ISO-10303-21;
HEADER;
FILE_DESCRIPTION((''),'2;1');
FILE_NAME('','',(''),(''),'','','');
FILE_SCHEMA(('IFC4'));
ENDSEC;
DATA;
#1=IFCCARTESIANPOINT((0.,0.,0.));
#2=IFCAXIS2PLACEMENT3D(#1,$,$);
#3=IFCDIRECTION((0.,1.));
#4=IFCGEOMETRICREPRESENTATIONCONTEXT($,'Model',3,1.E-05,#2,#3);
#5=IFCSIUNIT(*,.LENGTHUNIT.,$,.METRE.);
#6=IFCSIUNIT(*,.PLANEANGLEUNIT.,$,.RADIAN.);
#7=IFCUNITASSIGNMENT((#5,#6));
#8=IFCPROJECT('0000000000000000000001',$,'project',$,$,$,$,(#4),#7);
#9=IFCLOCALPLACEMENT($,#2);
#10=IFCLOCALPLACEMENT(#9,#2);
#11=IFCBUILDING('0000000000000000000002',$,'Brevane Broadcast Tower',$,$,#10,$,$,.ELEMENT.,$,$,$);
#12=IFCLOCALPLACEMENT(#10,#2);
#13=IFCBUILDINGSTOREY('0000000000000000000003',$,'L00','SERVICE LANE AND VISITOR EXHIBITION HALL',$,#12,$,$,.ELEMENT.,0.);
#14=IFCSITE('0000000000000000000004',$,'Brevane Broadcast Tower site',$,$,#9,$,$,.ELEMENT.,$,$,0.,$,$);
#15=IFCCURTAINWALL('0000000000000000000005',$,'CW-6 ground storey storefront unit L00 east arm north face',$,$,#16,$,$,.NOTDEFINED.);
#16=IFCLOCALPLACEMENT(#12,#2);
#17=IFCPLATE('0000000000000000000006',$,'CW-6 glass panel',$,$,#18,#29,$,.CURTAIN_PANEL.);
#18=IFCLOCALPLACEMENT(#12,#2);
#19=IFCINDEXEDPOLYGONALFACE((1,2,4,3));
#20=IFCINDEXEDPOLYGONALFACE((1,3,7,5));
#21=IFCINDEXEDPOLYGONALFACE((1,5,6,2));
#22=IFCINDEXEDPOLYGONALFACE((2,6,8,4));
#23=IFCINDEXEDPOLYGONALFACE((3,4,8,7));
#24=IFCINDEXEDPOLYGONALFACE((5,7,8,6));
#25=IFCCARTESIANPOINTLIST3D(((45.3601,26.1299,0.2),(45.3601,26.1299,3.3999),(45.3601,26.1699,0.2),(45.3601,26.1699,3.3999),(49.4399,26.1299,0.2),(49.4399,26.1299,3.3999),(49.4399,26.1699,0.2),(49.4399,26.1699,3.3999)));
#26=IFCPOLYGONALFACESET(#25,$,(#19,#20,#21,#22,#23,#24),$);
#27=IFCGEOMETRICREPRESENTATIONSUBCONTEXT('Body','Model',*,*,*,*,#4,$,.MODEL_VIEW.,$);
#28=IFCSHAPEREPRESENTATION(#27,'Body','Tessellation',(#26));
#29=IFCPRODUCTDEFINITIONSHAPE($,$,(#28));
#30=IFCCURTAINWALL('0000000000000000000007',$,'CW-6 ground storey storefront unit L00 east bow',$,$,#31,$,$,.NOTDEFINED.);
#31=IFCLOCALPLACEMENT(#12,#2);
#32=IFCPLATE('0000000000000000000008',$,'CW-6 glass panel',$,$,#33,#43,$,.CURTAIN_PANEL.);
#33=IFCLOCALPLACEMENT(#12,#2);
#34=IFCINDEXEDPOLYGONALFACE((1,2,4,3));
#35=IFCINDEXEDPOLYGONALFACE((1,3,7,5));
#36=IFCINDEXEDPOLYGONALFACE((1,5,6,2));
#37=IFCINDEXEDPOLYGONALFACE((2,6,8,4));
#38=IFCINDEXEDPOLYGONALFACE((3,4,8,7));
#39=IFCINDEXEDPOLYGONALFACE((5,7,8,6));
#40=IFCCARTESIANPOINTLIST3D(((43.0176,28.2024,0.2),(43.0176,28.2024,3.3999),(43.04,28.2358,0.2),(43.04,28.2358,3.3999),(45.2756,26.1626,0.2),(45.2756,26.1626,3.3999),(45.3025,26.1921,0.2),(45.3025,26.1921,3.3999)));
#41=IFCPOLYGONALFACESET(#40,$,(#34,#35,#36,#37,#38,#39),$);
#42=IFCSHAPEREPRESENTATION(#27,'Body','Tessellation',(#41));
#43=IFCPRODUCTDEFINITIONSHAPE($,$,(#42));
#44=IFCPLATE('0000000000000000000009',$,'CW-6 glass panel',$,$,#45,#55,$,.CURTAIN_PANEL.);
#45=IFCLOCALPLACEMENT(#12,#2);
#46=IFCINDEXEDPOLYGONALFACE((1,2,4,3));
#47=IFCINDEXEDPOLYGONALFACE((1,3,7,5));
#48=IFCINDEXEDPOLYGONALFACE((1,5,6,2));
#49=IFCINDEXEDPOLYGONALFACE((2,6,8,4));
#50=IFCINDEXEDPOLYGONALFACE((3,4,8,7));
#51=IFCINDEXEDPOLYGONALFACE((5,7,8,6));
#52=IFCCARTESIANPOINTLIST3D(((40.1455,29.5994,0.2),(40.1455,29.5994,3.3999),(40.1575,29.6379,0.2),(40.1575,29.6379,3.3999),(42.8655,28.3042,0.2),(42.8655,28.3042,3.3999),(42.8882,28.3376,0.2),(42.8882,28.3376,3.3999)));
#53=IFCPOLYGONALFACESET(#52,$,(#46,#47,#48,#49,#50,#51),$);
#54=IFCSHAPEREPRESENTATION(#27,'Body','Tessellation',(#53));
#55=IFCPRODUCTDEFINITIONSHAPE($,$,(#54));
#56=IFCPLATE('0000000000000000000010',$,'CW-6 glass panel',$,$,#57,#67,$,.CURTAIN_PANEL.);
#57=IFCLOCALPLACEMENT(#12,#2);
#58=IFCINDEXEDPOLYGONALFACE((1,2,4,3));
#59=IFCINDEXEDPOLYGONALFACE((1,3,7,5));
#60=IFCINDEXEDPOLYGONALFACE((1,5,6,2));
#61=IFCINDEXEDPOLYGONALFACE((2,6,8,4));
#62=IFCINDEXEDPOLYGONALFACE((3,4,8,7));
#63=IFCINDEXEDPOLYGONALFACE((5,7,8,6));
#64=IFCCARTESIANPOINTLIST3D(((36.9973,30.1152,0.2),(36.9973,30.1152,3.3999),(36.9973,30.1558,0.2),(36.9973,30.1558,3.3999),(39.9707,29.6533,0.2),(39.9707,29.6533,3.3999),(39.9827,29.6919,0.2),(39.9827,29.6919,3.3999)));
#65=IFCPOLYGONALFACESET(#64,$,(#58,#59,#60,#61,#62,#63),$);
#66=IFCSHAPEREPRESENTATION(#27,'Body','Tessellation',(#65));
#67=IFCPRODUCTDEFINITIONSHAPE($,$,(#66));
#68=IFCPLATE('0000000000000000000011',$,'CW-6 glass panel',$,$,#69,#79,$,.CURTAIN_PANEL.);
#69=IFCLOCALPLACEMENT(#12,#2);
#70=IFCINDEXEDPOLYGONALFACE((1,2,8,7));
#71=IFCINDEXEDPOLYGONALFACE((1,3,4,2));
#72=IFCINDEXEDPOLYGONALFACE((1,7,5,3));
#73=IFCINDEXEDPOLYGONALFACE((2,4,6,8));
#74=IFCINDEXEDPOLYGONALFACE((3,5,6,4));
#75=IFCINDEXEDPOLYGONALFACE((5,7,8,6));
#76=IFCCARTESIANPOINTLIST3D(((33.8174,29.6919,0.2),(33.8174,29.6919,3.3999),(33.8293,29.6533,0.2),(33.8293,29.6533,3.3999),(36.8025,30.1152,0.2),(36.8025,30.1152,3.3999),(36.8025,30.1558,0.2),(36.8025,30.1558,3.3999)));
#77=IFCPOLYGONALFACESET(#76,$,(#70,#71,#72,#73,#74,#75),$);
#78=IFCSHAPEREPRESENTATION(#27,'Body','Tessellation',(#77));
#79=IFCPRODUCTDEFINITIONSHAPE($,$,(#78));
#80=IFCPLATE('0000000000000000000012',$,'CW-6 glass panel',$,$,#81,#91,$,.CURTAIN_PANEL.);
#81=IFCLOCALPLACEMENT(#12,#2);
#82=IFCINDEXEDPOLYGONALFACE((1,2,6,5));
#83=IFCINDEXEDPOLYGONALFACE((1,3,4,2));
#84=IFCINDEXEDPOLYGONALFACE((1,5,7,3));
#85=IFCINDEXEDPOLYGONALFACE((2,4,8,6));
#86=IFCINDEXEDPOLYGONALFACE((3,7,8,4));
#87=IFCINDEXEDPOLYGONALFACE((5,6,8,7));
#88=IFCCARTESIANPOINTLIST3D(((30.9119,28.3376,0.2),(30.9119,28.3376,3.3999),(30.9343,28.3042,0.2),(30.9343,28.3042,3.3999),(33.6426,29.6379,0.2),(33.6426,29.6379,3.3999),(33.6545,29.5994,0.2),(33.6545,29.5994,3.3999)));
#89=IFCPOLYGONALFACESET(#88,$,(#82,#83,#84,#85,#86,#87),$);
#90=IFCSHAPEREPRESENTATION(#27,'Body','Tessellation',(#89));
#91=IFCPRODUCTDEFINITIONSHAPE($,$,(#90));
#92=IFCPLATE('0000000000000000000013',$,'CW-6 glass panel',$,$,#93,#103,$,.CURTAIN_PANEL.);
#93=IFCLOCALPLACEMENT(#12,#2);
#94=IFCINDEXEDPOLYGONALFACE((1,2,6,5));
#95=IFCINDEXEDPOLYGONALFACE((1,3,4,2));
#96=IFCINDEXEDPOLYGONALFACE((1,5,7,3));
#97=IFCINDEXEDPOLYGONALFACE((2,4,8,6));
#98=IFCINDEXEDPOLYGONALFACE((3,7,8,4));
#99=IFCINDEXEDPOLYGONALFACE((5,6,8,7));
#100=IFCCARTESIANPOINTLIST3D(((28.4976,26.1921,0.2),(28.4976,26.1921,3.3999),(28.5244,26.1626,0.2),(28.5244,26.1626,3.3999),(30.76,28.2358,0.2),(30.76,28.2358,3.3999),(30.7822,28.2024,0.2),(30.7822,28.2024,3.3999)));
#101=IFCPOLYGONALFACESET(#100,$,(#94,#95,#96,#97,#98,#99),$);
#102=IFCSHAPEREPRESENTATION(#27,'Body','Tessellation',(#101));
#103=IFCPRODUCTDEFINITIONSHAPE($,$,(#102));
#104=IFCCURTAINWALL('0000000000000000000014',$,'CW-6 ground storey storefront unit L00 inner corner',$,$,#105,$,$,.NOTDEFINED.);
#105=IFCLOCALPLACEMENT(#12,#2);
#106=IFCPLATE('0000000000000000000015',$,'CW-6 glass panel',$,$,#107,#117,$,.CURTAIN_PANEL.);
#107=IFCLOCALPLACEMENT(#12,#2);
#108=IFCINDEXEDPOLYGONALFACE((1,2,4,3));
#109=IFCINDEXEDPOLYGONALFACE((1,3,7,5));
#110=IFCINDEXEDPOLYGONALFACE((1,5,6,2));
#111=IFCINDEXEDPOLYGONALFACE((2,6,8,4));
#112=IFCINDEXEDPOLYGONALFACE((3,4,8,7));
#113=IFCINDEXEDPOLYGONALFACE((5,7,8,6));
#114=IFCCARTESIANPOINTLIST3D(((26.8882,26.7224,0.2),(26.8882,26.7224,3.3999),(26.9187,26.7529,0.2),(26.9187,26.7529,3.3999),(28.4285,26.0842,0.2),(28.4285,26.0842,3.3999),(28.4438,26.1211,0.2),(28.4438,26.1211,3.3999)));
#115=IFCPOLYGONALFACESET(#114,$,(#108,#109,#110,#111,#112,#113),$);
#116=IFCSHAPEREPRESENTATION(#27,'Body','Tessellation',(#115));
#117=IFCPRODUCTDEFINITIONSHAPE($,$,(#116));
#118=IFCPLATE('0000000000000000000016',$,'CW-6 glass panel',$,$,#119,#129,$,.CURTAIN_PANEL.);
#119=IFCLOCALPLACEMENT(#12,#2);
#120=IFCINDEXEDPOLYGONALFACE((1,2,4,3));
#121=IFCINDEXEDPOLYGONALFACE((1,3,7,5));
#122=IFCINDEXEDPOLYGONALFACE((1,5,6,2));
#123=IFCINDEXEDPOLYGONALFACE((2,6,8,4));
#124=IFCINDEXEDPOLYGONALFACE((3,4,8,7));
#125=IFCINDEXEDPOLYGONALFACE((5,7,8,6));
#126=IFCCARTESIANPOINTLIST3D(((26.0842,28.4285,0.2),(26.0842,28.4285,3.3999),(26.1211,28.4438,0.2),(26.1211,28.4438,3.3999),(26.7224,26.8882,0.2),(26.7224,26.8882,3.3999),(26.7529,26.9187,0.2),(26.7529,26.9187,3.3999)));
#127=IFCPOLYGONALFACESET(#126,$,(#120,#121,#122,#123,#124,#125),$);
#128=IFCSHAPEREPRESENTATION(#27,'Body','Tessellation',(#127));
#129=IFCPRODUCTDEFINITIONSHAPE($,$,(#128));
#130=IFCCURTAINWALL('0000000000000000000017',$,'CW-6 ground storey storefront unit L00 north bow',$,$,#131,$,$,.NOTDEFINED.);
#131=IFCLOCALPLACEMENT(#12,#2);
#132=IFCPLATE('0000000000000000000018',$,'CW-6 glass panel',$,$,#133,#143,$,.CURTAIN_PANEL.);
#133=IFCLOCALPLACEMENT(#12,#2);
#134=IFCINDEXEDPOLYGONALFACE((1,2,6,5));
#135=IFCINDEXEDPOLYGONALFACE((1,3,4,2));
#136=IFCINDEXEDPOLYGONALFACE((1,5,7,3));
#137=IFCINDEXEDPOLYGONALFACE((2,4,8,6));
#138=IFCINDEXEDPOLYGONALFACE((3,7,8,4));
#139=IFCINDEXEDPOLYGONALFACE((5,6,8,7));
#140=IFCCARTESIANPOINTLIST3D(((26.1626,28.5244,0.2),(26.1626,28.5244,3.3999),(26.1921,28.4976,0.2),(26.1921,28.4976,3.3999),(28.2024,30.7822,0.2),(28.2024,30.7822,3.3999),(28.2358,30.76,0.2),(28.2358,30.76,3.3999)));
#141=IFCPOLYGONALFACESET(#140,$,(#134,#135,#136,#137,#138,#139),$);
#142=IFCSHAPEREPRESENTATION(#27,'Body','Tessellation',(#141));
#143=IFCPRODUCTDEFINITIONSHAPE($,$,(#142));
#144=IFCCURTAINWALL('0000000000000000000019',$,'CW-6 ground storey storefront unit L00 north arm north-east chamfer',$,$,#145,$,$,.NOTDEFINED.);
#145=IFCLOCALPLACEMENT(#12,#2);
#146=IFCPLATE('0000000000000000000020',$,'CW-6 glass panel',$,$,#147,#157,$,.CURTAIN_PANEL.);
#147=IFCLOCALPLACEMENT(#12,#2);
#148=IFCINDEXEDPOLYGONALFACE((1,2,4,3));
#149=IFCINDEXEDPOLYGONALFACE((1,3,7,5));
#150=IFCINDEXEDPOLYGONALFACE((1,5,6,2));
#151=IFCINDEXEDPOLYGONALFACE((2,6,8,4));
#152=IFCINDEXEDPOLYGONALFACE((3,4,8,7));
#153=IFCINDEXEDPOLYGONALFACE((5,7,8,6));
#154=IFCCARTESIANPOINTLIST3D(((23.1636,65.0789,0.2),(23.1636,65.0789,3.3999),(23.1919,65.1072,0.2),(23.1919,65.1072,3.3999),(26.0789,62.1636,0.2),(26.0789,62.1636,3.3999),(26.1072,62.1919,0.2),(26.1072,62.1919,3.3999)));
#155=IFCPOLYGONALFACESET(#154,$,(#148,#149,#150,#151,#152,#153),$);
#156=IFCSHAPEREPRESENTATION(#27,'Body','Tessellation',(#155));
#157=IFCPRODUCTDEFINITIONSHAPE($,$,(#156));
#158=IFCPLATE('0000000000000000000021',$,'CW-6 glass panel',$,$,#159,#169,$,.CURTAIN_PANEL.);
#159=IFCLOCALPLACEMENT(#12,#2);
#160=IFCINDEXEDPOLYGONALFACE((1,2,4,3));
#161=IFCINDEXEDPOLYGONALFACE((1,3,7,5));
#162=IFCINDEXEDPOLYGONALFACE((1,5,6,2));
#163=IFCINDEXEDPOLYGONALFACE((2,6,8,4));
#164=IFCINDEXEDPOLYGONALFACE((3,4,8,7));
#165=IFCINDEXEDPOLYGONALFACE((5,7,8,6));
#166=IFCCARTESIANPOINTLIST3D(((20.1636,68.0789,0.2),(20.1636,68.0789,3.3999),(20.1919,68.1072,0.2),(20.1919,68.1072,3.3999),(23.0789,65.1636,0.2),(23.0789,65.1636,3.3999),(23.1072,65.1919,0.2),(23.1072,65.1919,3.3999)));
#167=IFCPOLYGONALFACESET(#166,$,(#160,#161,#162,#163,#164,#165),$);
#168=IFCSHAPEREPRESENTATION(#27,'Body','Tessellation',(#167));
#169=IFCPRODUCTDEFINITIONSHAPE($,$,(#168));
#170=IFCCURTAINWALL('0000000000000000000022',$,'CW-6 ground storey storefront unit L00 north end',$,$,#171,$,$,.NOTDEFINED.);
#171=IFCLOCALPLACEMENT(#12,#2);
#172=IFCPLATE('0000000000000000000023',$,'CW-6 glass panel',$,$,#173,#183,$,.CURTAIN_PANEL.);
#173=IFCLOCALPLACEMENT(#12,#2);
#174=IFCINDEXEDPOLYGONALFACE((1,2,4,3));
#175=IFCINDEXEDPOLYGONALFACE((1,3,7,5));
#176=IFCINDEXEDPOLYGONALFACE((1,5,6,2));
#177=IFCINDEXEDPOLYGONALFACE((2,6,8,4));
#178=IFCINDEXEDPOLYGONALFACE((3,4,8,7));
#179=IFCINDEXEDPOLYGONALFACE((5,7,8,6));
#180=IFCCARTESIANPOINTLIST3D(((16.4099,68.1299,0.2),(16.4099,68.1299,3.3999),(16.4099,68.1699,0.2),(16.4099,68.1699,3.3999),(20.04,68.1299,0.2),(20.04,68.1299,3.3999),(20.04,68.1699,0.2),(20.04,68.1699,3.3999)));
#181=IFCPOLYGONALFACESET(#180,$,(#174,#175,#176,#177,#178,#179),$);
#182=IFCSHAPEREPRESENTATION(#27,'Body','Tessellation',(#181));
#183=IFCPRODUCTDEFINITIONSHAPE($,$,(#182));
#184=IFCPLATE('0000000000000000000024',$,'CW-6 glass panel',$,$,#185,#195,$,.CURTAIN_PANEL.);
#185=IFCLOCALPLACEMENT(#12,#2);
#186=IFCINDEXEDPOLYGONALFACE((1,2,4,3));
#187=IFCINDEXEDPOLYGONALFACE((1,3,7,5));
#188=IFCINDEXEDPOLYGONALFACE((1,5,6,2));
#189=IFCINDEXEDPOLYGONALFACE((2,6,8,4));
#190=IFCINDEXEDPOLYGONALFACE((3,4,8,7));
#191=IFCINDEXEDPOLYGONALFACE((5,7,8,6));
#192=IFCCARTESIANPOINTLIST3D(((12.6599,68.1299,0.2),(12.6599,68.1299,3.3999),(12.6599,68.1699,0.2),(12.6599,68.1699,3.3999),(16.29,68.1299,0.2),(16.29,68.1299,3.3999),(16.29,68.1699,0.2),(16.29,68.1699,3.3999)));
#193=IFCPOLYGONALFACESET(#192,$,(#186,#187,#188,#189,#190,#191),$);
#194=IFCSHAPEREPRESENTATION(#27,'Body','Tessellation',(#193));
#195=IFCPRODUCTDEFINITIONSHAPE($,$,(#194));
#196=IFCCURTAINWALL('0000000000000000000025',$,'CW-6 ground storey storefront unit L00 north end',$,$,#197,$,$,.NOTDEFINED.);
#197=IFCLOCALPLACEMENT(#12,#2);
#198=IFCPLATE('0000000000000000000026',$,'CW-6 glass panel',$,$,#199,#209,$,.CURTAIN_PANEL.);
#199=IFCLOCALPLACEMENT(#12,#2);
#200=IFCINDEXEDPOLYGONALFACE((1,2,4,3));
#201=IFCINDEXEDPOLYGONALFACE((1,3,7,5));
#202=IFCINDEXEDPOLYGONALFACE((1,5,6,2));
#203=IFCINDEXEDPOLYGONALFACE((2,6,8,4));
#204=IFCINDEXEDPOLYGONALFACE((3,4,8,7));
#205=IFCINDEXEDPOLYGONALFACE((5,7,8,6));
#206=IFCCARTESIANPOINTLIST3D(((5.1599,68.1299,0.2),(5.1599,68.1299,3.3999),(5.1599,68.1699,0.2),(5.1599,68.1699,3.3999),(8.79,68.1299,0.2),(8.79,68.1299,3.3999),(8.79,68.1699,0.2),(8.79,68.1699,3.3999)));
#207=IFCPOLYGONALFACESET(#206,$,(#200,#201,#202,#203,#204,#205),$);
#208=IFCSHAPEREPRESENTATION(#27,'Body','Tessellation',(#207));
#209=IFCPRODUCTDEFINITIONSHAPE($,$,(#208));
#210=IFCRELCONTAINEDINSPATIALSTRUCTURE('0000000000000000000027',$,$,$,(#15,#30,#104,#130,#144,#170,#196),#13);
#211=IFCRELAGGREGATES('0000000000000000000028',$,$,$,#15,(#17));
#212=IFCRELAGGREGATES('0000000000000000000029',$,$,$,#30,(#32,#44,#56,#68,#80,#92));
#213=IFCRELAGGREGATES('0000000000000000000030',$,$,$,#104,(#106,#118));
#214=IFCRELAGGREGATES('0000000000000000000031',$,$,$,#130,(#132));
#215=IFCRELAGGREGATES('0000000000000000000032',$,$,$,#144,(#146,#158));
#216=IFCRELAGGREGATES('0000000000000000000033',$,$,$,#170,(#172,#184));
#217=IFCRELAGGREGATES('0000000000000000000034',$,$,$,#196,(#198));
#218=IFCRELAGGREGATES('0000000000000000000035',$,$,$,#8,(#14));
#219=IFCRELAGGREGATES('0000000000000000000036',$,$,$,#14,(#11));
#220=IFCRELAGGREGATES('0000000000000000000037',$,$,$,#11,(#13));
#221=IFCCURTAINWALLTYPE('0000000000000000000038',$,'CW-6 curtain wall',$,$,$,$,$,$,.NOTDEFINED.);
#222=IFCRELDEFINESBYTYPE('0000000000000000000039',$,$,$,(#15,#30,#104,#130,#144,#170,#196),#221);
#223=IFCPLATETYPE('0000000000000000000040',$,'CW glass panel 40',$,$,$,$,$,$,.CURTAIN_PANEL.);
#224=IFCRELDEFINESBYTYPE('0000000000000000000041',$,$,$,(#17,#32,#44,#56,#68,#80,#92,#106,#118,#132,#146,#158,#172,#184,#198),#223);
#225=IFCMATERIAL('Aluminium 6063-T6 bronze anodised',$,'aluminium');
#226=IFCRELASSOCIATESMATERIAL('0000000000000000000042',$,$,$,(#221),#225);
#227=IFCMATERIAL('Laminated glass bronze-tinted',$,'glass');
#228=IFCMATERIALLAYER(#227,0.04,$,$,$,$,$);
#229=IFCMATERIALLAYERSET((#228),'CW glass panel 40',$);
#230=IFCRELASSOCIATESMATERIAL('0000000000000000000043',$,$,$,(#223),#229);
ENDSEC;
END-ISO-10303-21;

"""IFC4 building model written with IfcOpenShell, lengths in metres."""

from ifc_helpers import new_model, si_unit, direction, frame, origin, place, context, subcontext, project, spatial, polyline, outline, extrude, material, layer, layer_set, type_object, element, aggregate, save


model = new_model("IFC4")

# Units and contexts
model_context = context("Model", 3, precision=1e-05, world=origin(), true_north=direction((0.0, 1.0)))
body_context = subcontext(model_context, "Body", "Model", "MODEL_VIEW")
ifc_project = project(units=[si_unit("LENGTHUNIT", "METRE"), si_unit("PLANEANGLEUNIT", "RADIAN")], contexts=[model_context])

# Site, building, storey
site_placement = place(None, origin())
site = spatial("IfcSite", under=ifc_project, at=site_placement, Name="Brevane Broadcast Tower site", CompositionType="ELEMENT", RefElevation=0.0)
building_placement = place(site_placement, origin())
building = spatial("IfcBuilding", under=site, at=building_placement, Name="Brevane Broadcast Tower", CompositionType="ELEMENT")
storey_placement = place(building_placement, origin())
storey = spatial("IfcBuildingStorey", under=building, at=storey_placement, Name="L00", Description="SERVICE LANE AND VISITOR EXHIBITION HALL", CompositionType="ELEMENT", Elevation=0.0)

# Shared definitions
ifc_material_1 = material(Name="Aluminium 6063-T6 bronze anodised", Category="aluminium")
curtain_wall_type = type_object("IfcCurtainWallType", Name="CW-6 curtain wall", PredefinedType="NOTDEFINED", material=ifc_material_1)
ifc_material_2 = material(Name="Laminated glass bronze-tinted", Category="glass")
ifc_layer = layer(ifc_material_2, 0.04)
ifc_layer_set = layer_set([ifc_layer], Name="CW glass panel 40")
plate_type = type_object("IfcPlateType", Name="CW glass panel 40", PredefinedType="CURTAIN_PANEL", material=ifc_layer_set)

# Curtain wall, plate
curtain_wall_1_placement = place(storey_placement, origin())
curtain_wall_1 = element("IfcCurtainWall", 1, at=curtain_wall_1_placement, inside=storey, type_object=curtain_wall_type, Name="CW-6 ground storey storefront unit L00 east arm north face", PredefinedType="NOTDEFINED")
plate_1_placement = place(storey_placement, frame((0.0, 0.0, 0.2)))
plate_1 = element("IfcPlate", 2, at=plate_1_placement, type_object=plate_type, Name="CW-6 glass panel", PredefinedType="CURTAIN_PANEL", context=body_context, shape_type="SweptSolid", body=[
    extrude(outline(polyline([(45.3601, 26.1699), (45.3601, 26.1299), (49.4399, 26.1299), (49.4399, 26.1699), (45.3601, 26.1699)])), origin(), (0.0, 0.0, 1.0), 3.2),
])
aggregate(curtain_wall_1, [plate_1])

# Curtain walls, plates
curtain_wall_2_placement = place(storey_placement, origin())
curtain_wall_2 = element("IfcCurtainWall", 3, at=curtain_wall_2_placement, inside=storey, type_object=curtain_wall_type, Name="CW-6 ground storey storefront unit L00 east bow", PredefinedType="NOTDEFINED")
plate_2_placement = place(storey_placement, frame((0.0, 0.0, 0.2)))
plate_2 = element("IfcPlate", 4, at=plate_2_placement, type_object=plate_type, Name="CW-6 glass panel", PredefinedType="CURTAIN_PANEL", context=body_context, shape_type="SweptSolid", body=[
    extrude(outline(polyline([(45.2756, 26.1626), (45.3025, 26.1921), (43.04, 28.2358), (43.0176, 28.2024), (45.2756, 26.1626)])), origin(), (0.0, 0.0, 1.0), 3.2),
])
plate_3_placement = place(storey_placement, frame((0.0, 0.0, 0.2)))
plate_3 = element("IfcPlate", 5, at=plate_3_placement, type_object=plate_type, Name="CW-6 glass panel", PredefinedType="CURTAIN_PANEL", context=body_context, shape_type="SweptSolid", body=[
    extrude(outline(polyline([(42.8655, 28.3042), (42.8882, 28.3376), (40.1575, 29.6379), (40.1455, 29.5994), (42.8655, 28.3042)])), origin(), (0.0, 0.0, 1.0), 3.2),
])
plate_4_placement = place(storey_placement, frame((0.0, 0.0, 0.2)))
plate_4 = element("IfcPlate", 6, at=plate_4_placement, type_object=plate_type, Name="CW-6 glass panel", PredefinedType="CURTAIN_PANEL", context=body_context, shape_type="SweptSolid", body=[
    extrude(outline(polyline([(39.9707, 29.6533), (39.9827, 29.6919), (36.9973, 30.1558), (36.9973, 30.1152), (39.9707, 29.6533)])), origin(), (0.0, 0.0, 1.0), 3.2),
])
plate_5_placement = place(storey_placement, frame((0.0, 0.0, 0.2)))
plate_5 = element("IfcPlate", 7, at=plate_5_placement, type_object=plate_type, Name="CW-6 glass panel", PredefinedType="CURTAIN_PANEL", context=body_context, shape_type="SweptSolid", body=[
    extrude(outline(polyline([(36.8025, 30.1152), (36.8025, 30.1558), (33.8174, 29.6919), (33.8293, 29.6533), (36.8025, 30.1152)])), origin(), (0.0, 0.0, 1.0), 3.2),
])
plate_6_placement = place(storey_placement, frame((0.0, 0.0, 0.2)))
plate_6 = element("IfcPlate", 8, at=plate_6_placement, type_object=plate_type, Name="CW-6 glass panel", PredefinedType="CURTAIN_PANEL", context=body_context, shape_type="SweptSolid", body=[
    extrude(outline(polyline([(33.6545, 29.5994), (33.6426, 29.6379), (30.9119, 28.3376), (30.9343, 28.3042), (33.6545, 29.5994)])), origin(), (0.0, 0.0, 1.0), 3.2),
])
plate_7_placement = place(storey_placement, frame((0.0, 0.0, 0.2)))
plate_7 = element("IfcPlate", 9, at=plate_7_placement, type_object=plate_type, Name="CW-6 glass panel", PredefinedType="CURTAIN_PANEL", context=body_context, shape_type="SweptSolid", body=[
    extrude(outline(polyline([(30.7822, 28.2024), (30.76, 28.2358), (28.4976, 26.1921), (28.5244, 26.1626), (30.7822, 28.2024)])), origin(), (0.0, 0.0, 1.0), 3.2),
])
aggregate(curtain_wall_2, [plate_2, plate_3, plate_4, plate_5, plate_6, plate_7])
curtain_wall_3_placement = place(storey_placement, origin())
curtain_wall_3 = element("IfcCurtainWall", 10, at=curtain_wall_3_placement, inside=storey, type_object=curtain_wall_type, Name="CW-6 ground storey storefront unit L00 inner corner", PredefinedType="NOTDEFINED")
plate_8_placement = place(storey_placement, frame((0.0, 0.0, 0.2)))
plate_8 = element("IfcPlate", 11, at=plate_8_placement, type_object=plate_type, Name="CW-6 glass panel", PredefinedType="CURTAIN_PANEL", context=body_context, shape_type="SweptSolid", body=[
    extrude(outline(polyline([(28.4285, 26.0842), (28.4438, 26.1211), (26.9187, 26.7529), (26.8882, 26.7224), (28.4285, 26.0842)])), origin(), (0.0, 0.0, 1.0), 3.2),
])
plate_9_placement = place(storey_placement, frame((0.0, 0.0, 0.2)))
plate_9 = element("IfcPlate", 12, at=plate_9_placement, type_object=plate_type, Name="CW-6 glass panel", PredefinedType="CURTAIN_PANEL", context=body_context, shape_type="SweptSolid", body=[
    extrude(outline(polyline([(26.7224, 26.8882), (26.7529, 26.9187), (26.1211, 28.4438), (26.0842, 28.4285), (26.7224, 26.8882)])), origin(), (0.0, 0.0, 1.0), 3.2),
])
aggregate(curtain_wall_3, [plate_8, plate_9])

# Curtain wall, plate
curtain_wall_4_placement = place(storey_placement, origin())
curtain_wall_4 = element("IfcCurtainWall", 13, at=curtain_wall_4_placement, inside=storey, type_object=curtain_wall_type, Name="CW-6 ground storey storefront unit L00 north bow", PredefinedType="NOTDEFINED")
plate_10_placement = place(storey_placement, frame((0.0, 0.0, 0.2)))
plate_10 = element("IfcPlate", 14, at=plate_10_placement, type_object=plate_type, Name="CW-6 glass panel", PredefinedType="CURTAIN_PANEL", context=body_context, shape_type="SweptSolid", body=[
    extrude(outline(polyline([(26.1626, 28.5244), (26.1921, 28.4976), (28.2358, 30.76), (28.2024, 30.7822), (26.1626, 28.5244)])), origin(), (0.0, 0.0, 1.0), 3.2),
])
aggregate(curtain_wall_4, [plate_10])

# Curtain walls, plates
curtain_wall_5_placement = place(storey_placement, origin())
curtain_wall_5 = element("IfcCurtainWall", 15, at=curtain_wall_5_placement, inside=storey, type_object=curtain_wall_type, Name="CW-6 ground storey storefront unit L00 north arm north-east chamfer", PredefinedType="NOTDEFINED")
plate_11_placement = place(storey_placement, frame((0.0, 0.0, 0.2)))
plate_11 = element("IfcPlate", 16, at=plate_11_placement, type_object=plate_type, Name="CW-6 glass panel", PredefinedType="CURTAIN_PANEL", context=body_context, shape_type="SweptSolid", body=[
    extrude(outline(polyline([(26.0789, 62.1636), (23.1636, 65.0789), (23.1919, 65.1072), (26.1072, 62.1919), (26.0789, 62.1636)])), origin(), (0.0, 0.0, 1.0), 3.2),
])
plate_12_placement = place(storey_placement, frame((0.0, 0.0, 0.2)))
plate_12 = element("IfcPlate", 17, at=plate_12_placement, type_object=plate_type, Name="CW-6 glass panel", PredefinedType="CURTAIN_PANEL", context=body_context, shape_type="SweptSolid", body=[
    extrude(outline(polyline([(23.0789, 65.1636), (20.1636, 68.0789), (20.1919, 68.1072), (23.1072, 65.1919), (23.0789, 65.1636)])), origin(), (0.0, 0.0, 1.0), 3.2),
])
aggregate(curtain_wall_5, [plate_11, plate_12])
curtain_wall_6_placement = place(storey_placement, origin())
curtain_wall_6 = element("IfcCurtainWall", 18, at=curtain_wall_6_placement, inside=storey, type_object=curtain_wall_type, Name="CW-6 ground storey storefront unit L00 north end", PredefinedType="NOTDEFINED")
plate_13_placement = place(storey_placement, frame((0.0, 0.0, 0.2)))
plate_13 = element("IfcPlate", 19, at=plate_13_placement, type_object=plate_type, Name="CW-6 glass panel", PredefinedType="CURTAIN_PANEL", context=body_context, shape_type="SweptSolid", body=[
    extrude(outline(polyline([(16.4099, 68.1699), (16.4099, 68.1299), (20.04, 68.1299), (20.04, 68.1699), (16.4099, 68.1699)])), origin(), (0.0, 0.0, 1.0), 3.2),
])
plate_14_placement = place(storey_placement, frame((0.0, 0.0, 0.2)))
plate_14 = element("IfcPlate", 20, at=plate_14_placement, type_object=plate_type, Name="CW-6 glass panel", PredefinedType="CURTAIN_PANEL", context=body_context, shape_type="SweptSolid", body=[
    extrude(outline(polyline([(12.6599, 68.1699), (12.6599, 68.1299), (16.29, 68.1299), (16.29, 68.1699), (12.6599, 68.1699)])), origin(), (0.0, 0.0, 1.0), 3.2),
])
aggregate(curtain_wall_6, [plate_13, plate_14])

# Curtain wall, plate
curtain_wall_7_placement = place(storey_placement, origin())
curtain_wall_7 = element("IfcCurtainWall", 21, at=curtain_wall_7_placement, inside=storey, type_object=curtain_wall_type, Name="CW-6 ground storey storefront unit L00 north end", PredefinedType="NOTDEFINED")
plate_15_placement = place(storey_placement, frame((0.0, 0.0, 0.2)))
plate_15 = element("IfcPlate", 22, at=plate_15_placement, type_object=plate_type, Name="CW-6 glass panel", PredefinedType="CURTAIN_PANEL", context=body_context, shape_type="SweptSolid", body=[
    extrude(outline(polyline([(5.1599, 68.1699), (5.1599, 68.1299), (8.79, 68.1299), (8.79, 68.1699), (5.1599, 68.1699)])), origin(), (0.0, 0.0, 1.0), 3.2),
])
aggregate(curtain_wall_7, [plate_15])

save(model, "model.ifc")
